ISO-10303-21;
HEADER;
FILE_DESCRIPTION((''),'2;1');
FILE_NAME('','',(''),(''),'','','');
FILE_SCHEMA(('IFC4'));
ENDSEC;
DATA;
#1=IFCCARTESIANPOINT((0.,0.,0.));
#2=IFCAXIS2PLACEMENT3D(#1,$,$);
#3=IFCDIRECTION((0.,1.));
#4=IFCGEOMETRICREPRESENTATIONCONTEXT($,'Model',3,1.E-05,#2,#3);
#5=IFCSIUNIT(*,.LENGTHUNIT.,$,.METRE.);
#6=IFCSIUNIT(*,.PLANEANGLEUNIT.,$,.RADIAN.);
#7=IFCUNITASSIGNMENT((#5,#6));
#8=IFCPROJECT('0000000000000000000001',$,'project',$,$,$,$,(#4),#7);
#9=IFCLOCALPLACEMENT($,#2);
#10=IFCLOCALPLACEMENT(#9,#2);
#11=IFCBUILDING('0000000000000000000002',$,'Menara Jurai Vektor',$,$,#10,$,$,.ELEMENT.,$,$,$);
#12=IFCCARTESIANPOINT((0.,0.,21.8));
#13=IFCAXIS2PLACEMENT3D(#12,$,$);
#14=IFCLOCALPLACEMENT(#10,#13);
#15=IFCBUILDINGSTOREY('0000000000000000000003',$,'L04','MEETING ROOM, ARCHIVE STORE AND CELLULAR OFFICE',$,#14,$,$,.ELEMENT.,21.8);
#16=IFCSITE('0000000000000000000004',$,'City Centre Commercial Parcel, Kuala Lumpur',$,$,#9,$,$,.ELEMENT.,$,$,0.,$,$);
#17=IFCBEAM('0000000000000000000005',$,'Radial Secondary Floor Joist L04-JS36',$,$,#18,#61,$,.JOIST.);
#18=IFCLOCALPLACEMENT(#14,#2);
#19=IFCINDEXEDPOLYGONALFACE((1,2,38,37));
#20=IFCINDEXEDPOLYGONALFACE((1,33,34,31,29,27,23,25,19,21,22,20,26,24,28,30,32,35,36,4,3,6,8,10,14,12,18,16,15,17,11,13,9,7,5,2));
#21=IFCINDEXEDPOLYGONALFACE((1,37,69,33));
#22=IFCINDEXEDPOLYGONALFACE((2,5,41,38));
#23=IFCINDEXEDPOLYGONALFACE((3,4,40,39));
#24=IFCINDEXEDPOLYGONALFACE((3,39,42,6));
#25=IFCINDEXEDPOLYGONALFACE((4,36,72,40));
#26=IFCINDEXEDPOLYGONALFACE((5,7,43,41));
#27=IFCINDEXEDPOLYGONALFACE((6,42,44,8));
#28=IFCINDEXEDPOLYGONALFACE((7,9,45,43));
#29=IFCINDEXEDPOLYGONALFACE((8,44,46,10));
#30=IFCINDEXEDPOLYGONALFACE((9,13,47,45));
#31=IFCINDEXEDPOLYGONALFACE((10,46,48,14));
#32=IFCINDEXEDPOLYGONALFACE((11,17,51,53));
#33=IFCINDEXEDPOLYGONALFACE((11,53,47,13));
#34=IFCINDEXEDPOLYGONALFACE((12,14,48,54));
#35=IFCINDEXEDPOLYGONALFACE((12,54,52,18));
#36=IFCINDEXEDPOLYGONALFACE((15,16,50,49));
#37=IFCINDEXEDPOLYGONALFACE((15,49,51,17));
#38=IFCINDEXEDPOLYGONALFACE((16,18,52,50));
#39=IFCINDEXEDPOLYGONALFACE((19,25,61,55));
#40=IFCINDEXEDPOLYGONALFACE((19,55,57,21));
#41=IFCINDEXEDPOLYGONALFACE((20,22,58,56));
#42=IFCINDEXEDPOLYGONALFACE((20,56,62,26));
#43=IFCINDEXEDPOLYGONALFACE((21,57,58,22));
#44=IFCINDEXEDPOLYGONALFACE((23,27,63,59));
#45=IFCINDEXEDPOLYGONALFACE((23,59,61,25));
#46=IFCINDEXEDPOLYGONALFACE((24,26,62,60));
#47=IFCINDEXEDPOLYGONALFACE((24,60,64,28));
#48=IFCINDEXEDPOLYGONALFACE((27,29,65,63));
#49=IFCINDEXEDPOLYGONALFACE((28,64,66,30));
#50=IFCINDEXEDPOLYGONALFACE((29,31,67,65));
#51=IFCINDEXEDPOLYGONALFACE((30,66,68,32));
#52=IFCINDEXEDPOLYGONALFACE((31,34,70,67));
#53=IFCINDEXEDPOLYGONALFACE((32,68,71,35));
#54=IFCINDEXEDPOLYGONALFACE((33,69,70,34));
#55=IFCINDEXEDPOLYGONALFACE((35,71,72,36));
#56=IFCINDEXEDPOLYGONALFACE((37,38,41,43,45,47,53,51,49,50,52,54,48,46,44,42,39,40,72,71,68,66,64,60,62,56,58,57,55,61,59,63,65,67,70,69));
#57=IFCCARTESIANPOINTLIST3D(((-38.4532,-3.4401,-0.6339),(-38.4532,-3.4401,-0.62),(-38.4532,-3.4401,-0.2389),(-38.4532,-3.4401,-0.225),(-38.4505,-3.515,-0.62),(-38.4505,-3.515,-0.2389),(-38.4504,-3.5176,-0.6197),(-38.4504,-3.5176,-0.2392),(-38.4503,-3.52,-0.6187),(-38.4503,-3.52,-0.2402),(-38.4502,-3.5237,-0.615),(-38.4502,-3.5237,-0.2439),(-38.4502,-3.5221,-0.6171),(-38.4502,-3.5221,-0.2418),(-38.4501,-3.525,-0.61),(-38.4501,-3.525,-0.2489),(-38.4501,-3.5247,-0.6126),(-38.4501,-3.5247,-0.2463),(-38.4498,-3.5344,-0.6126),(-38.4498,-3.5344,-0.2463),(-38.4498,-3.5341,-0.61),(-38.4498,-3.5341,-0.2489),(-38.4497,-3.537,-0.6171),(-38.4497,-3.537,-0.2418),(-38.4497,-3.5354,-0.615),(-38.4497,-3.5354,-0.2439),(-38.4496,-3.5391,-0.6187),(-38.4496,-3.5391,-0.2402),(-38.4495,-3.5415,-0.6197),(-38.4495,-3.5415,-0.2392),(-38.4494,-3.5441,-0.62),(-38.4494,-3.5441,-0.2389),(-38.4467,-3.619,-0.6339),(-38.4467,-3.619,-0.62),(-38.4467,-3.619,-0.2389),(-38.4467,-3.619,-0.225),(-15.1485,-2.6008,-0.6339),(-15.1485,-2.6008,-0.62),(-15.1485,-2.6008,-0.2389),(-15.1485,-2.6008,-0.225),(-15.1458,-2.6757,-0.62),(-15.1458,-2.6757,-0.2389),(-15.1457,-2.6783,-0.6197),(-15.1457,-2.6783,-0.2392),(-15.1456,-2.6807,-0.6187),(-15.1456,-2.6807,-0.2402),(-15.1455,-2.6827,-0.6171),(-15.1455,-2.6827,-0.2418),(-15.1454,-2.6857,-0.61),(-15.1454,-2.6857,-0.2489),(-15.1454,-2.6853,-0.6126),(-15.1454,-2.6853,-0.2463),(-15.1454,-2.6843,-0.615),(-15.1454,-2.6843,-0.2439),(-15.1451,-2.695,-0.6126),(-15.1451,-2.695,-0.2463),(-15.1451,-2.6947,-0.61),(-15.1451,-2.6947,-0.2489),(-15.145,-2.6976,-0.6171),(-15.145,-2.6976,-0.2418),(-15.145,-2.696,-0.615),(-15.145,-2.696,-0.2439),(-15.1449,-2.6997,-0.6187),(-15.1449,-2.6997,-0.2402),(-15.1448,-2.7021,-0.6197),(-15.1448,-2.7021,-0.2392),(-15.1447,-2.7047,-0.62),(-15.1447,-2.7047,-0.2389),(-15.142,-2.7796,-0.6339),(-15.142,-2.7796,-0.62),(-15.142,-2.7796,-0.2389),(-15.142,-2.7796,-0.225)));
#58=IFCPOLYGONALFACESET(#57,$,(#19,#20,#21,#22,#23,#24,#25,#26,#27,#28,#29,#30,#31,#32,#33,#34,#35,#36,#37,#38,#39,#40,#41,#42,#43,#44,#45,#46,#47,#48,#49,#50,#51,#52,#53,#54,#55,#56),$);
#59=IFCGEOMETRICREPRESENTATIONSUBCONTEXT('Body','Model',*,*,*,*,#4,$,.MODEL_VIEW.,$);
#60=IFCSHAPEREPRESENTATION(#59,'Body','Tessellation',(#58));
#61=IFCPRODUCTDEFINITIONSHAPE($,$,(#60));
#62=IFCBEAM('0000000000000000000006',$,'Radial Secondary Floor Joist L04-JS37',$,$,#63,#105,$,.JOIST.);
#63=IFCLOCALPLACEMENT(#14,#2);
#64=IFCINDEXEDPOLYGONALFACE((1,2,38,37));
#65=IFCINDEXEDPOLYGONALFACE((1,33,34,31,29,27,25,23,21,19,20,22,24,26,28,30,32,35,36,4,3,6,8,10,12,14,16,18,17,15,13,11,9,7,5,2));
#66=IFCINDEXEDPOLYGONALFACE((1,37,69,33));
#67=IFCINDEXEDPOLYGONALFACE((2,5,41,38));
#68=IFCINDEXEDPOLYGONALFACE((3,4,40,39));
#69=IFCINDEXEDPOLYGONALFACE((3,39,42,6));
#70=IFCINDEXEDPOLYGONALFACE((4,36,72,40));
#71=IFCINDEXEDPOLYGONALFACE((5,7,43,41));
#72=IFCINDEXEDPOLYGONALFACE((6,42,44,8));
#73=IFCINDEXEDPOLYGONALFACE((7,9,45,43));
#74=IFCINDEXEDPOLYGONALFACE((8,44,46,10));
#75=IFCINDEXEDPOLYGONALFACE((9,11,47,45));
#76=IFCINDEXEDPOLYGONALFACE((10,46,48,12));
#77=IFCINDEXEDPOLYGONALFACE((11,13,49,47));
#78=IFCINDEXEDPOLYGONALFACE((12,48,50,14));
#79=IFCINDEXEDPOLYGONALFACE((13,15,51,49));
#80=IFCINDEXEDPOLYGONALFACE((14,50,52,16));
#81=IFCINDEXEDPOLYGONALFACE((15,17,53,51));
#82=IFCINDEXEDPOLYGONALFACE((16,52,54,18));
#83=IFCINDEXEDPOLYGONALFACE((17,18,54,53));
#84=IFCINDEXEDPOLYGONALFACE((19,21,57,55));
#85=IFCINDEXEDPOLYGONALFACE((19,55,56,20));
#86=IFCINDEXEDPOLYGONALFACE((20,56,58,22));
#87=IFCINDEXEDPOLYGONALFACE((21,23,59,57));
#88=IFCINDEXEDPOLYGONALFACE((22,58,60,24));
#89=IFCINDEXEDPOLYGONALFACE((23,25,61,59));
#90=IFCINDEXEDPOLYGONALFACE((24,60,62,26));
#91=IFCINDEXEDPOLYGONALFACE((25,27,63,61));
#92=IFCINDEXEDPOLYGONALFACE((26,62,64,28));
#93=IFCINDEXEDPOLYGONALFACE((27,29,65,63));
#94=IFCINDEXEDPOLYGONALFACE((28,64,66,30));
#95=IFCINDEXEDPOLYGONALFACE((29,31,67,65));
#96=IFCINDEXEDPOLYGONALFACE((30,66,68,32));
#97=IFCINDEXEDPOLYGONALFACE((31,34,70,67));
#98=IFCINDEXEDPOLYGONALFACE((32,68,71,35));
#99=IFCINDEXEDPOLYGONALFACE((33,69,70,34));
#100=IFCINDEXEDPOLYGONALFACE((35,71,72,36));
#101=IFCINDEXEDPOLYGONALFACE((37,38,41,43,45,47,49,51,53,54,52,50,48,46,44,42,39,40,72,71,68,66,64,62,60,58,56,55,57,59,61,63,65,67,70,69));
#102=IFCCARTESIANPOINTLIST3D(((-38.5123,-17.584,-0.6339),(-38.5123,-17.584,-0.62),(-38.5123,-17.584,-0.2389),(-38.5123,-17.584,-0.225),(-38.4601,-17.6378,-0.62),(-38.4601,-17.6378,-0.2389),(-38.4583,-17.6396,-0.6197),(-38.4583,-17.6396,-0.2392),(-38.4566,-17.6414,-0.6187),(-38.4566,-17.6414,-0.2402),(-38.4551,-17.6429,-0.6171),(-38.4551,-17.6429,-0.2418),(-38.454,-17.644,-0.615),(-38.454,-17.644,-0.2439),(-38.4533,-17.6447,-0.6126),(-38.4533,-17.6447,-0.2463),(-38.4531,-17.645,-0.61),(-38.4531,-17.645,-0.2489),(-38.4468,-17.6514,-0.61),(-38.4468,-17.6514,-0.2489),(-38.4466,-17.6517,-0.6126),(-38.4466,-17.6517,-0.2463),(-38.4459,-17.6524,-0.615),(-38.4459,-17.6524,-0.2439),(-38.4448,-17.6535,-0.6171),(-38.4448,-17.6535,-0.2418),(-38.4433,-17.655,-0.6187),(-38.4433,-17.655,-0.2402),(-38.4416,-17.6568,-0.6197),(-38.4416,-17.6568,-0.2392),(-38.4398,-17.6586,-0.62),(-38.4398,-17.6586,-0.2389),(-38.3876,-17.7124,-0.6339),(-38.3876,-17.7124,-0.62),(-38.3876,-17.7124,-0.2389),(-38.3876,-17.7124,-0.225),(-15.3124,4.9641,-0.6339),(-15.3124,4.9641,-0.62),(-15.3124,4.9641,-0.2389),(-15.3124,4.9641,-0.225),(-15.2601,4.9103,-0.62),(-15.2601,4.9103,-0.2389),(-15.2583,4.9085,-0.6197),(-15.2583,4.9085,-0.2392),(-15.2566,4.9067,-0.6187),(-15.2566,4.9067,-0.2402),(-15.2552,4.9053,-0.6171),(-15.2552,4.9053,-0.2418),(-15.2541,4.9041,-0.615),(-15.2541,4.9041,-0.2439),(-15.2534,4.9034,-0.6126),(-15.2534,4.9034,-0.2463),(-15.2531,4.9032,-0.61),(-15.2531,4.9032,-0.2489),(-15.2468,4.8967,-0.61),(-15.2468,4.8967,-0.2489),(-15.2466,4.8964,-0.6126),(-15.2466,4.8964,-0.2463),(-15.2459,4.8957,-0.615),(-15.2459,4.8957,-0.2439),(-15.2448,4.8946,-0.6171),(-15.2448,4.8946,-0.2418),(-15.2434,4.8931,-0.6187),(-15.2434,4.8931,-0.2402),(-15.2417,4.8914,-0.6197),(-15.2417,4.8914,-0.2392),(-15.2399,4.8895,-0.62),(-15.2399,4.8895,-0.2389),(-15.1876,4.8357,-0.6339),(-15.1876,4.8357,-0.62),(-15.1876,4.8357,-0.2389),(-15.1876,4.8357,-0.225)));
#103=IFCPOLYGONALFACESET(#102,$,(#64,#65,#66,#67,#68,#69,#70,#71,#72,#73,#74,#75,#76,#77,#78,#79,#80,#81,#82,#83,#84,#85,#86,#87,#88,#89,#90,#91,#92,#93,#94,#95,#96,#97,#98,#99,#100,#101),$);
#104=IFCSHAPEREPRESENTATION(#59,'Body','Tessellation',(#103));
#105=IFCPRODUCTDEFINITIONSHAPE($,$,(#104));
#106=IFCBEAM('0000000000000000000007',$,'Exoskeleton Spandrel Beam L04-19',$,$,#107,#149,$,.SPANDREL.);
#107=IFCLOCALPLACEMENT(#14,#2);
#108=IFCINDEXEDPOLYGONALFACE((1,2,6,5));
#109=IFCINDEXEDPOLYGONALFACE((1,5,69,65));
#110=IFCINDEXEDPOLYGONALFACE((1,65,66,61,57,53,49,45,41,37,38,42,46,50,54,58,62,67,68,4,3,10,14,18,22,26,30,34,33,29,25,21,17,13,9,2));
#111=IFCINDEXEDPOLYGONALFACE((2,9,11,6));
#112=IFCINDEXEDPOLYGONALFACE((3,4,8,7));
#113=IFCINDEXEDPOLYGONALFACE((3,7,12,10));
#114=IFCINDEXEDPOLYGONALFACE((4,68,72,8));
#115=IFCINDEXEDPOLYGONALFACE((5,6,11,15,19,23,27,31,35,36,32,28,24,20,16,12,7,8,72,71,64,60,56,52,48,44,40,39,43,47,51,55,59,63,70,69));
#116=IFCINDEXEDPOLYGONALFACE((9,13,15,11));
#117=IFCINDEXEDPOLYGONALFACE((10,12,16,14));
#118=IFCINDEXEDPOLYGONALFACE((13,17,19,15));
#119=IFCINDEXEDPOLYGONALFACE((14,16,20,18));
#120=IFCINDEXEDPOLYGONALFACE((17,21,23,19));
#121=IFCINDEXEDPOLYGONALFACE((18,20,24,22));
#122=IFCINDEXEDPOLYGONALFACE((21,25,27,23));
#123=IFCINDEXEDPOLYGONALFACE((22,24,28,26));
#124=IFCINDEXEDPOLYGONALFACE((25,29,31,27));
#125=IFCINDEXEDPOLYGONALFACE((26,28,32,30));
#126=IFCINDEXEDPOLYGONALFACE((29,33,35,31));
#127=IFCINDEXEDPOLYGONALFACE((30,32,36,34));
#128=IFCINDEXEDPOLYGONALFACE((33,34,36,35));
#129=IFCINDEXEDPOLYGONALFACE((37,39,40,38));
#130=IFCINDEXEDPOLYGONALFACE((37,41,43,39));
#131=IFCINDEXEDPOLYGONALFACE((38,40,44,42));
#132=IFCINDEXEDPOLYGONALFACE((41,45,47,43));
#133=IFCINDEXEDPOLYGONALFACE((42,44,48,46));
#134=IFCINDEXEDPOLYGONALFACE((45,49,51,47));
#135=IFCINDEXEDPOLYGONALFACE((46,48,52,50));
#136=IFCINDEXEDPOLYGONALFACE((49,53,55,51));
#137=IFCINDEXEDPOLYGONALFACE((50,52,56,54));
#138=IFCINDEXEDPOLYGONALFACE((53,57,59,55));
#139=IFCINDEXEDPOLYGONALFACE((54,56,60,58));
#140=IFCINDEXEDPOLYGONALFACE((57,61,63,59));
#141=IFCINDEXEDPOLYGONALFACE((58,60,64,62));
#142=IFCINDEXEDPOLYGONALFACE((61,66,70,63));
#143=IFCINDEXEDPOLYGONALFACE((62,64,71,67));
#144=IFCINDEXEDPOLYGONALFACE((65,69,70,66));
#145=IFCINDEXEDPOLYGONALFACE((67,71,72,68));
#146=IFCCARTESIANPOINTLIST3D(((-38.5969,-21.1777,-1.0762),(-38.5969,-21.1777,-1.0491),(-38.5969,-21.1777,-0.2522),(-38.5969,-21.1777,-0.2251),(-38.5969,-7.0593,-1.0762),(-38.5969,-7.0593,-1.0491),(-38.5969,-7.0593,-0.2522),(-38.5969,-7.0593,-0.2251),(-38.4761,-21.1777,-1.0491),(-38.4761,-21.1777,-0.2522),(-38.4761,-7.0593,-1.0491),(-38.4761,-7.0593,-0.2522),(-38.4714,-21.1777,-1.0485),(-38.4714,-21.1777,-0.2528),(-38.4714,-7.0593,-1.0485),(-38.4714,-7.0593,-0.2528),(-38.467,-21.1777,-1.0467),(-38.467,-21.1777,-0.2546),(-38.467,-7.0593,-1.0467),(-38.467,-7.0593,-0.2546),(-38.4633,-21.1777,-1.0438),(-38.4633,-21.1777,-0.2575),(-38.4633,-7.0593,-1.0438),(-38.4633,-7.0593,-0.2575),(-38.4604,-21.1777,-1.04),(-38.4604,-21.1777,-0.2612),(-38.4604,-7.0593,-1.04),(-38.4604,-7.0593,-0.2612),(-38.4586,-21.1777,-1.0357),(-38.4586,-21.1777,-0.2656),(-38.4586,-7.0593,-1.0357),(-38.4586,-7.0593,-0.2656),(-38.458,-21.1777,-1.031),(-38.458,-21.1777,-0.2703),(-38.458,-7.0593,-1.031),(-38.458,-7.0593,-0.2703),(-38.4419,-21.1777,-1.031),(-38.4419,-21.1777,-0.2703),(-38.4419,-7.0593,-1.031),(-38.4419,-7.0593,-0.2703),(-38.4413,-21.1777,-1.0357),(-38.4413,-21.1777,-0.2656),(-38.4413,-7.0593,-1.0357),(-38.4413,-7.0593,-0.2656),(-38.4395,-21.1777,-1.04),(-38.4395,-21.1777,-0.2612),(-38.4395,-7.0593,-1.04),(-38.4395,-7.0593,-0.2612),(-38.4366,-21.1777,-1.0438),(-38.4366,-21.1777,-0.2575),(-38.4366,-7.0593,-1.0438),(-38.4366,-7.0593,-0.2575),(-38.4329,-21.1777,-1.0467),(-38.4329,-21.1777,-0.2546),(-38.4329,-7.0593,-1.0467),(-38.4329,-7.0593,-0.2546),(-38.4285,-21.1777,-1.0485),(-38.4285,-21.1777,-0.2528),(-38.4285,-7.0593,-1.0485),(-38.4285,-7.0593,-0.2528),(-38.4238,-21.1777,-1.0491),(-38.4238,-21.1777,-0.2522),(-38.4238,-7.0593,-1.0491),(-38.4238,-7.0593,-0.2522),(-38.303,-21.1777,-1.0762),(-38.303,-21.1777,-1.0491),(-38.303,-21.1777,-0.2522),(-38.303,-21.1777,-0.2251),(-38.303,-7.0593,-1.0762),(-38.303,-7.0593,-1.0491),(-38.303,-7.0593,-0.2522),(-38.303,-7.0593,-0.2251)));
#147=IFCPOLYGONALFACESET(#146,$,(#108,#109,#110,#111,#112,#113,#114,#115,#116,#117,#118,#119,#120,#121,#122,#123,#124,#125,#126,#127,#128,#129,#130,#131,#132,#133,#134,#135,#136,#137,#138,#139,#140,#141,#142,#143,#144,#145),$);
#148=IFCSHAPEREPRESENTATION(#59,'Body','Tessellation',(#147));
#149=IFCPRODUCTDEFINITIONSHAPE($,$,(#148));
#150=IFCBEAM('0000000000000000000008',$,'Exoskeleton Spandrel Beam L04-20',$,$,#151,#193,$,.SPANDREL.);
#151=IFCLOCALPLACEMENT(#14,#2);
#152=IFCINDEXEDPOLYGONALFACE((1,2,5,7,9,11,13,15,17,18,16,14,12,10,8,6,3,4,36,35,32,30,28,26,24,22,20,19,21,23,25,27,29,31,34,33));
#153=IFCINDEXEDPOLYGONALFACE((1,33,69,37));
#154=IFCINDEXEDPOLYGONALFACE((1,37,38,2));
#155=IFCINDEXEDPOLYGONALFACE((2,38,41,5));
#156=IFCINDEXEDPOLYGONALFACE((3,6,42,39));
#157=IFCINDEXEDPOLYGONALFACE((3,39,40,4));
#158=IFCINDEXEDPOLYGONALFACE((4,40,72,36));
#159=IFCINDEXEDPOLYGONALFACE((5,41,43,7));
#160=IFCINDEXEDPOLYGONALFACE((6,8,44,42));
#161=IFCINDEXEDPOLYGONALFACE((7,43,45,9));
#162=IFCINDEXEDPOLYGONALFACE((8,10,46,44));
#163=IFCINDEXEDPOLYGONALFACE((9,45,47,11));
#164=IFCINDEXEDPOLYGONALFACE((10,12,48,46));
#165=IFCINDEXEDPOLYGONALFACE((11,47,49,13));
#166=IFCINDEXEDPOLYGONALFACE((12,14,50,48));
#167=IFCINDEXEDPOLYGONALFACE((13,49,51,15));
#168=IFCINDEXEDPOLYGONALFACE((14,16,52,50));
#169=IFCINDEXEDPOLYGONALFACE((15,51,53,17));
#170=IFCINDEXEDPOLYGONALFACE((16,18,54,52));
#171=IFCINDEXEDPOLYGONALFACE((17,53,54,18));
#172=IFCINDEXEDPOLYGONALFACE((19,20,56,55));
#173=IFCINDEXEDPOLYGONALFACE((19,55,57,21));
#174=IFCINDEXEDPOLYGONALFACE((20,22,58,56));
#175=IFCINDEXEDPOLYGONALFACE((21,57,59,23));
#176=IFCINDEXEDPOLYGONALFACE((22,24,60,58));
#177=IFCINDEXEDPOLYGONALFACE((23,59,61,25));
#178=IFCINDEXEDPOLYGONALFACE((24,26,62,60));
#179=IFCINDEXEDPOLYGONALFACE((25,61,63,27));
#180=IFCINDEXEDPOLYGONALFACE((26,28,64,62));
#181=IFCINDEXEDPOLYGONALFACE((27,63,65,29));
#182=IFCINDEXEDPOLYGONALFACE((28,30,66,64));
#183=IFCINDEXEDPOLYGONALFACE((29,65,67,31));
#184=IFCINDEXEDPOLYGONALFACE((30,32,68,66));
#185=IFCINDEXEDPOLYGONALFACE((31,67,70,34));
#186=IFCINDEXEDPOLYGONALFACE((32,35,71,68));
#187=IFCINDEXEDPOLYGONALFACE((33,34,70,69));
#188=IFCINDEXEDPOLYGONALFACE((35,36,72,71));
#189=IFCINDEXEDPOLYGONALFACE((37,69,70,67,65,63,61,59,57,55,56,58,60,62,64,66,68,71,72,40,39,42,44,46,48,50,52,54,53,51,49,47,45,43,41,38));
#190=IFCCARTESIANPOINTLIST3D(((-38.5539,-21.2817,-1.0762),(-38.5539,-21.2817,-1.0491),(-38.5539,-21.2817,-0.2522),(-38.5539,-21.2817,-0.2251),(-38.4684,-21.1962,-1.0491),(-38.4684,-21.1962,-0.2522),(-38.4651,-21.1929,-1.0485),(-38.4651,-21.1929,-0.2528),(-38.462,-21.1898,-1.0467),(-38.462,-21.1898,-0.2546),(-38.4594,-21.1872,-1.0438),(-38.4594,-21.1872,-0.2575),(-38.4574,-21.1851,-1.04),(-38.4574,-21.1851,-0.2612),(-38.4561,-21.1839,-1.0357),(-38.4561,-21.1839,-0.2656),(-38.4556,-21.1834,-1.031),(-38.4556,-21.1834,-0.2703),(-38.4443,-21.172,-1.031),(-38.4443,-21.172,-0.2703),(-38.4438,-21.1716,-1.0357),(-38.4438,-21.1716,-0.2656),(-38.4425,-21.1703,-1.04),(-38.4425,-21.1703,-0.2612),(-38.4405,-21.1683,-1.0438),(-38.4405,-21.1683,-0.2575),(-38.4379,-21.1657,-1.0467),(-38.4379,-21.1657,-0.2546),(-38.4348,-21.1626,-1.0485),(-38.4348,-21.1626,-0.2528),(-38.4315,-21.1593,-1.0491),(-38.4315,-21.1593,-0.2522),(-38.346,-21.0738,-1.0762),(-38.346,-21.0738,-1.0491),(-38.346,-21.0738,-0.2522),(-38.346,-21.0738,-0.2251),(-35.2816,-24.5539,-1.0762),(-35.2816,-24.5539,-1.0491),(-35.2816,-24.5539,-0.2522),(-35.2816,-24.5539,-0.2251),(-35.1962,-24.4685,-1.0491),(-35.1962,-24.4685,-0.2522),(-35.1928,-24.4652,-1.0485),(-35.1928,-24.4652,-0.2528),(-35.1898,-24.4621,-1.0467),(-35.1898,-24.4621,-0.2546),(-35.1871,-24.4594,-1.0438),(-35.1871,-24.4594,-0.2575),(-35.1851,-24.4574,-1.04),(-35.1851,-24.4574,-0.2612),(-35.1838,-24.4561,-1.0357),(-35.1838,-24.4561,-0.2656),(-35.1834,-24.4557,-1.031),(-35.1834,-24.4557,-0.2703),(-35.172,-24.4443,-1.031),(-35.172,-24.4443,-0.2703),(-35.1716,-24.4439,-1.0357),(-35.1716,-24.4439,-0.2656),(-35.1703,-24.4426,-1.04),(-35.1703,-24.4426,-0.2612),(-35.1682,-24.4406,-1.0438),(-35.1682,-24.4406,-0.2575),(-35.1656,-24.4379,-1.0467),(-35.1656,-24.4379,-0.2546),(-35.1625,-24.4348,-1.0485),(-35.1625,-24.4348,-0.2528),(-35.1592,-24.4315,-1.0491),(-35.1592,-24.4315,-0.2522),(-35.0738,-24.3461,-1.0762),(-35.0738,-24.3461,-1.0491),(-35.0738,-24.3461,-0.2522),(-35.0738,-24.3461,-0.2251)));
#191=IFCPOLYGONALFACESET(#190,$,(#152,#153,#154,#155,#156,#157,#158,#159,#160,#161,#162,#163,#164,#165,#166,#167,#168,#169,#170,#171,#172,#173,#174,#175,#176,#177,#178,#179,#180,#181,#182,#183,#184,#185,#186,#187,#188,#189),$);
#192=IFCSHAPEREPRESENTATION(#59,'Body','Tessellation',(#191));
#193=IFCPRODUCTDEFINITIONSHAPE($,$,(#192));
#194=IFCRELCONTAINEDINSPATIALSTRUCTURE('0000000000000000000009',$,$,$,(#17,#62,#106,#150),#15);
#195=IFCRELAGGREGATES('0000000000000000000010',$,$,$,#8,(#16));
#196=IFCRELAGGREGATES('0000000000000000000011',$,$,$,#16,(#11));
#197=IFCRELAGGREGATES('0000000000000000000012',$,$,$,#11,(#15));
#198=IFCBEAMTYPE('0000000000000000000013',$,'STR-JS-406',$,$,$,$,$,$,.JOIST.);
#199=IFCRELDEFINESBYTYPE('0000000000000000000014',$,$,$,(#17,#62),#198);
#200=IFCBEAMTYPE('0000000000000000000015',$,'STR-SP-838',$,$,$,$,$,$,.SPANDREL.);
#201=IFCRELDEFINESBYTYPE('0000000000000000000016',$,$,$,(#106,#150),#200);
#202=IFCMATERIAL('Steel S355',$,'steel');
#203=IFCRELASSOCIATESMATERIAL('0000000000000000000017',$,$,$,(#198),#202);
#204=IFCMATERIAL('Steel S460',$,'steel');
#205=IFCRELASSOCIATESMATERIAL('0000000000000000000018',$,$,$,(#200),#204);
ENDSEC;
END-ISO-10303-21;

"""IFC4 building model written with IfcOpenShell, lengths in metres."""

from ifc_helpers import new_model, si_unit, direction, frame, origin, origin_2d, place, context, subcontext, project, spatial, i_section, extrude, material, material_profile, profile_set, type_object, element, save


model = new_model("IFC4")

# Units and contexts
model_context = context("Model", 3, precision=1e-05, world=origin(), true_north=direction((0.0, 1.0)))
body_context = subcontext(model_context, "Body", "Model", "MODEL_VIEW")
ifc_project = project(units=[si_unit("LENGTHUNIT", "METRE"), si_unit("PLANEANGLEUNIT", "RADIAN")], contexts=[model_context])

# Site, building, storey
site_placement = place(None, origin())
site = spatial("IfcSite", under=ifc_project, at=site_placement, Name="City Centre Commercial Parcel, Kuala Lumpur", CompositionType="ELEMENT", RefElevation=0.0)
building_placement = place(site_placement, origin())
building = spatial("IfcBuilding", under=site, at=building_placement, Name="Menara Jurai Vektor", CompositionType="ELEMENT")
storey_placement = place(building_placement, frame((0.0, 0.0, 21.8)))
storey = spatial("IfcBuildingStorey", under=building, at=storey_placement, Name="L04", Description="MEETING ROOM, ARCHIVE STORE AND CELLULAR OFFICE", CompositionType="ELEMENT", Elevation=21.8)

# Shared definitions
ifc_material_1 = material(Name="Steel S460", Category="steel")

# Shared definitions
ifc_material_2 = material(Name="Steel S355", Category="steel")

# Beams
ifc_material_profile_1 = material_profile(ifc_material_2, i_section(OverallWidth=0.179, OverallDepth=0.4089, WebThickness=0.009, FlangeThickness=0.0139, FilletRadius=0.01, at=origin_2d()), Name="UKB 406x178x67")
ifc_profile_set_1 = profile_set([ifc_material_profile_1], Name="Steel S355")
beam_type_1 = type_object("IfcBeamType", Name="STR-JS-406", PredefinedType="JOIST", material=ifc_profile_set_1)
beam_1_placement = place(storey_placement, frame((-38.45, -3.5295, -0.4294), z_axis=(0.999352, 0.035993, 0.0), x_axis=(-0.035993, 0.999352, 0.0)))
element("IfcBeam", 1, at=beam_1_placement, inside=storey, type_object=beam_type_1, Name="Radial Secondary Floor Joist L04-JS36", PredefinedType="JOIST", context=body_context, shape_type="SweptSolid", body=[
    extrude(i_section(OverallWidth=0.179, OverallDepth=0.4089, WebThickness=0.009, FlangeThickness=0.0139, FilletRadius=0.01, at=origin_2d()), origin(), (0.0, 0.0, 1.0), 23.3198),
])
beam_2_placement = place(storey_placement, frame((-38.45, -17.6482, -0.4294), z_axis=(0.717109, 0.696961, 0.0), x_axis=(-0.696961, 0.717109, 0.0)))
element("IfcBeam", 2, at=beam_2_placement, inside=storey, type_object=beam_type_1, Name="Radial Secondary Floor Joist L04-JS37", PredefinedType="JOIST", context=body_context, shape_type="SweptSolid", body=[
    extrude(i_section(OverallWidth=0.179, OverallDepth=0.4089, WebThickness=0.009, FlangeThickness=0.0139, FilletRadius=0.01, at=origin_2d()), origin(), (0.0, 0.0, 1.0), 32.3521),
])
ifc_material_profile_2 = material_profile(ifc_material_1, i_section(OverallWidth=0.2939, OverallDepth=0.8511, WebThickness=0.0161, FlangeThickness=0.0271, FilletRadius=0.0181, at=origin_2d()), Name="UKB 838x292x226")
ifc_profile_set_2 = profile_set([ifc_material_profile_2], Name="Steel S460")
beam_type_2 = type_object("IfcBeamType", Name="STR-SP-838", PredefinedType="SPANDREL", material=ifc_profile_set_2)
beam_3_placement = place(storey_placement, frame((-38.45, -7.0593, -0.6506), z_axis=(0.0, -1.0, 0.0), x_axis=(1.0, 0.0, 0.0)))
element("IfcBeam", 3, at=beam_3_placement, inside=storey, type_object=beam_type_2, Name="Exoskeleton Spandrel Beam L04-19", PredefinedType="SPANDREL", context=body_context, shape_type="SweptSolid", body=[
    extrude(i_section(OverallWidth=0.2939, OverallDepth=0.8511, WebThickness=0.0161, FlangeThickness=0.0271, FilletRadius=0.0181, at=origin_2d()), origin(), (0.0, 0.0, 1.0), 14.1184),
])
beam_4_placement = place(storey_placement, frame((-38.45, -21.1777, -0.6506), z_axis=(0.707107, -0.707107, 0.0), x_axis=(0.707107, 0.707107, 0.0)))
element("IfcBeam", 4, at=beam_4_placement, inside=storey, type_object=beam_type_2, Name="Exoskeleton Spandrel Beam L04-20", PredefinedType="SPANDREL", context=body_context, shape_type="SweptSolid", body=[
    extrude(i_section(OverallWidth=0.2939, OverallDepth=0.8511, WebThickness=0.0161, FlangeThickness=0.0271, FilletRadius=0.0181, at=origin_2d()), origin(), (0.0, 0.0, 1.0), 4.6277),
])

save(model, "model.ifc")
